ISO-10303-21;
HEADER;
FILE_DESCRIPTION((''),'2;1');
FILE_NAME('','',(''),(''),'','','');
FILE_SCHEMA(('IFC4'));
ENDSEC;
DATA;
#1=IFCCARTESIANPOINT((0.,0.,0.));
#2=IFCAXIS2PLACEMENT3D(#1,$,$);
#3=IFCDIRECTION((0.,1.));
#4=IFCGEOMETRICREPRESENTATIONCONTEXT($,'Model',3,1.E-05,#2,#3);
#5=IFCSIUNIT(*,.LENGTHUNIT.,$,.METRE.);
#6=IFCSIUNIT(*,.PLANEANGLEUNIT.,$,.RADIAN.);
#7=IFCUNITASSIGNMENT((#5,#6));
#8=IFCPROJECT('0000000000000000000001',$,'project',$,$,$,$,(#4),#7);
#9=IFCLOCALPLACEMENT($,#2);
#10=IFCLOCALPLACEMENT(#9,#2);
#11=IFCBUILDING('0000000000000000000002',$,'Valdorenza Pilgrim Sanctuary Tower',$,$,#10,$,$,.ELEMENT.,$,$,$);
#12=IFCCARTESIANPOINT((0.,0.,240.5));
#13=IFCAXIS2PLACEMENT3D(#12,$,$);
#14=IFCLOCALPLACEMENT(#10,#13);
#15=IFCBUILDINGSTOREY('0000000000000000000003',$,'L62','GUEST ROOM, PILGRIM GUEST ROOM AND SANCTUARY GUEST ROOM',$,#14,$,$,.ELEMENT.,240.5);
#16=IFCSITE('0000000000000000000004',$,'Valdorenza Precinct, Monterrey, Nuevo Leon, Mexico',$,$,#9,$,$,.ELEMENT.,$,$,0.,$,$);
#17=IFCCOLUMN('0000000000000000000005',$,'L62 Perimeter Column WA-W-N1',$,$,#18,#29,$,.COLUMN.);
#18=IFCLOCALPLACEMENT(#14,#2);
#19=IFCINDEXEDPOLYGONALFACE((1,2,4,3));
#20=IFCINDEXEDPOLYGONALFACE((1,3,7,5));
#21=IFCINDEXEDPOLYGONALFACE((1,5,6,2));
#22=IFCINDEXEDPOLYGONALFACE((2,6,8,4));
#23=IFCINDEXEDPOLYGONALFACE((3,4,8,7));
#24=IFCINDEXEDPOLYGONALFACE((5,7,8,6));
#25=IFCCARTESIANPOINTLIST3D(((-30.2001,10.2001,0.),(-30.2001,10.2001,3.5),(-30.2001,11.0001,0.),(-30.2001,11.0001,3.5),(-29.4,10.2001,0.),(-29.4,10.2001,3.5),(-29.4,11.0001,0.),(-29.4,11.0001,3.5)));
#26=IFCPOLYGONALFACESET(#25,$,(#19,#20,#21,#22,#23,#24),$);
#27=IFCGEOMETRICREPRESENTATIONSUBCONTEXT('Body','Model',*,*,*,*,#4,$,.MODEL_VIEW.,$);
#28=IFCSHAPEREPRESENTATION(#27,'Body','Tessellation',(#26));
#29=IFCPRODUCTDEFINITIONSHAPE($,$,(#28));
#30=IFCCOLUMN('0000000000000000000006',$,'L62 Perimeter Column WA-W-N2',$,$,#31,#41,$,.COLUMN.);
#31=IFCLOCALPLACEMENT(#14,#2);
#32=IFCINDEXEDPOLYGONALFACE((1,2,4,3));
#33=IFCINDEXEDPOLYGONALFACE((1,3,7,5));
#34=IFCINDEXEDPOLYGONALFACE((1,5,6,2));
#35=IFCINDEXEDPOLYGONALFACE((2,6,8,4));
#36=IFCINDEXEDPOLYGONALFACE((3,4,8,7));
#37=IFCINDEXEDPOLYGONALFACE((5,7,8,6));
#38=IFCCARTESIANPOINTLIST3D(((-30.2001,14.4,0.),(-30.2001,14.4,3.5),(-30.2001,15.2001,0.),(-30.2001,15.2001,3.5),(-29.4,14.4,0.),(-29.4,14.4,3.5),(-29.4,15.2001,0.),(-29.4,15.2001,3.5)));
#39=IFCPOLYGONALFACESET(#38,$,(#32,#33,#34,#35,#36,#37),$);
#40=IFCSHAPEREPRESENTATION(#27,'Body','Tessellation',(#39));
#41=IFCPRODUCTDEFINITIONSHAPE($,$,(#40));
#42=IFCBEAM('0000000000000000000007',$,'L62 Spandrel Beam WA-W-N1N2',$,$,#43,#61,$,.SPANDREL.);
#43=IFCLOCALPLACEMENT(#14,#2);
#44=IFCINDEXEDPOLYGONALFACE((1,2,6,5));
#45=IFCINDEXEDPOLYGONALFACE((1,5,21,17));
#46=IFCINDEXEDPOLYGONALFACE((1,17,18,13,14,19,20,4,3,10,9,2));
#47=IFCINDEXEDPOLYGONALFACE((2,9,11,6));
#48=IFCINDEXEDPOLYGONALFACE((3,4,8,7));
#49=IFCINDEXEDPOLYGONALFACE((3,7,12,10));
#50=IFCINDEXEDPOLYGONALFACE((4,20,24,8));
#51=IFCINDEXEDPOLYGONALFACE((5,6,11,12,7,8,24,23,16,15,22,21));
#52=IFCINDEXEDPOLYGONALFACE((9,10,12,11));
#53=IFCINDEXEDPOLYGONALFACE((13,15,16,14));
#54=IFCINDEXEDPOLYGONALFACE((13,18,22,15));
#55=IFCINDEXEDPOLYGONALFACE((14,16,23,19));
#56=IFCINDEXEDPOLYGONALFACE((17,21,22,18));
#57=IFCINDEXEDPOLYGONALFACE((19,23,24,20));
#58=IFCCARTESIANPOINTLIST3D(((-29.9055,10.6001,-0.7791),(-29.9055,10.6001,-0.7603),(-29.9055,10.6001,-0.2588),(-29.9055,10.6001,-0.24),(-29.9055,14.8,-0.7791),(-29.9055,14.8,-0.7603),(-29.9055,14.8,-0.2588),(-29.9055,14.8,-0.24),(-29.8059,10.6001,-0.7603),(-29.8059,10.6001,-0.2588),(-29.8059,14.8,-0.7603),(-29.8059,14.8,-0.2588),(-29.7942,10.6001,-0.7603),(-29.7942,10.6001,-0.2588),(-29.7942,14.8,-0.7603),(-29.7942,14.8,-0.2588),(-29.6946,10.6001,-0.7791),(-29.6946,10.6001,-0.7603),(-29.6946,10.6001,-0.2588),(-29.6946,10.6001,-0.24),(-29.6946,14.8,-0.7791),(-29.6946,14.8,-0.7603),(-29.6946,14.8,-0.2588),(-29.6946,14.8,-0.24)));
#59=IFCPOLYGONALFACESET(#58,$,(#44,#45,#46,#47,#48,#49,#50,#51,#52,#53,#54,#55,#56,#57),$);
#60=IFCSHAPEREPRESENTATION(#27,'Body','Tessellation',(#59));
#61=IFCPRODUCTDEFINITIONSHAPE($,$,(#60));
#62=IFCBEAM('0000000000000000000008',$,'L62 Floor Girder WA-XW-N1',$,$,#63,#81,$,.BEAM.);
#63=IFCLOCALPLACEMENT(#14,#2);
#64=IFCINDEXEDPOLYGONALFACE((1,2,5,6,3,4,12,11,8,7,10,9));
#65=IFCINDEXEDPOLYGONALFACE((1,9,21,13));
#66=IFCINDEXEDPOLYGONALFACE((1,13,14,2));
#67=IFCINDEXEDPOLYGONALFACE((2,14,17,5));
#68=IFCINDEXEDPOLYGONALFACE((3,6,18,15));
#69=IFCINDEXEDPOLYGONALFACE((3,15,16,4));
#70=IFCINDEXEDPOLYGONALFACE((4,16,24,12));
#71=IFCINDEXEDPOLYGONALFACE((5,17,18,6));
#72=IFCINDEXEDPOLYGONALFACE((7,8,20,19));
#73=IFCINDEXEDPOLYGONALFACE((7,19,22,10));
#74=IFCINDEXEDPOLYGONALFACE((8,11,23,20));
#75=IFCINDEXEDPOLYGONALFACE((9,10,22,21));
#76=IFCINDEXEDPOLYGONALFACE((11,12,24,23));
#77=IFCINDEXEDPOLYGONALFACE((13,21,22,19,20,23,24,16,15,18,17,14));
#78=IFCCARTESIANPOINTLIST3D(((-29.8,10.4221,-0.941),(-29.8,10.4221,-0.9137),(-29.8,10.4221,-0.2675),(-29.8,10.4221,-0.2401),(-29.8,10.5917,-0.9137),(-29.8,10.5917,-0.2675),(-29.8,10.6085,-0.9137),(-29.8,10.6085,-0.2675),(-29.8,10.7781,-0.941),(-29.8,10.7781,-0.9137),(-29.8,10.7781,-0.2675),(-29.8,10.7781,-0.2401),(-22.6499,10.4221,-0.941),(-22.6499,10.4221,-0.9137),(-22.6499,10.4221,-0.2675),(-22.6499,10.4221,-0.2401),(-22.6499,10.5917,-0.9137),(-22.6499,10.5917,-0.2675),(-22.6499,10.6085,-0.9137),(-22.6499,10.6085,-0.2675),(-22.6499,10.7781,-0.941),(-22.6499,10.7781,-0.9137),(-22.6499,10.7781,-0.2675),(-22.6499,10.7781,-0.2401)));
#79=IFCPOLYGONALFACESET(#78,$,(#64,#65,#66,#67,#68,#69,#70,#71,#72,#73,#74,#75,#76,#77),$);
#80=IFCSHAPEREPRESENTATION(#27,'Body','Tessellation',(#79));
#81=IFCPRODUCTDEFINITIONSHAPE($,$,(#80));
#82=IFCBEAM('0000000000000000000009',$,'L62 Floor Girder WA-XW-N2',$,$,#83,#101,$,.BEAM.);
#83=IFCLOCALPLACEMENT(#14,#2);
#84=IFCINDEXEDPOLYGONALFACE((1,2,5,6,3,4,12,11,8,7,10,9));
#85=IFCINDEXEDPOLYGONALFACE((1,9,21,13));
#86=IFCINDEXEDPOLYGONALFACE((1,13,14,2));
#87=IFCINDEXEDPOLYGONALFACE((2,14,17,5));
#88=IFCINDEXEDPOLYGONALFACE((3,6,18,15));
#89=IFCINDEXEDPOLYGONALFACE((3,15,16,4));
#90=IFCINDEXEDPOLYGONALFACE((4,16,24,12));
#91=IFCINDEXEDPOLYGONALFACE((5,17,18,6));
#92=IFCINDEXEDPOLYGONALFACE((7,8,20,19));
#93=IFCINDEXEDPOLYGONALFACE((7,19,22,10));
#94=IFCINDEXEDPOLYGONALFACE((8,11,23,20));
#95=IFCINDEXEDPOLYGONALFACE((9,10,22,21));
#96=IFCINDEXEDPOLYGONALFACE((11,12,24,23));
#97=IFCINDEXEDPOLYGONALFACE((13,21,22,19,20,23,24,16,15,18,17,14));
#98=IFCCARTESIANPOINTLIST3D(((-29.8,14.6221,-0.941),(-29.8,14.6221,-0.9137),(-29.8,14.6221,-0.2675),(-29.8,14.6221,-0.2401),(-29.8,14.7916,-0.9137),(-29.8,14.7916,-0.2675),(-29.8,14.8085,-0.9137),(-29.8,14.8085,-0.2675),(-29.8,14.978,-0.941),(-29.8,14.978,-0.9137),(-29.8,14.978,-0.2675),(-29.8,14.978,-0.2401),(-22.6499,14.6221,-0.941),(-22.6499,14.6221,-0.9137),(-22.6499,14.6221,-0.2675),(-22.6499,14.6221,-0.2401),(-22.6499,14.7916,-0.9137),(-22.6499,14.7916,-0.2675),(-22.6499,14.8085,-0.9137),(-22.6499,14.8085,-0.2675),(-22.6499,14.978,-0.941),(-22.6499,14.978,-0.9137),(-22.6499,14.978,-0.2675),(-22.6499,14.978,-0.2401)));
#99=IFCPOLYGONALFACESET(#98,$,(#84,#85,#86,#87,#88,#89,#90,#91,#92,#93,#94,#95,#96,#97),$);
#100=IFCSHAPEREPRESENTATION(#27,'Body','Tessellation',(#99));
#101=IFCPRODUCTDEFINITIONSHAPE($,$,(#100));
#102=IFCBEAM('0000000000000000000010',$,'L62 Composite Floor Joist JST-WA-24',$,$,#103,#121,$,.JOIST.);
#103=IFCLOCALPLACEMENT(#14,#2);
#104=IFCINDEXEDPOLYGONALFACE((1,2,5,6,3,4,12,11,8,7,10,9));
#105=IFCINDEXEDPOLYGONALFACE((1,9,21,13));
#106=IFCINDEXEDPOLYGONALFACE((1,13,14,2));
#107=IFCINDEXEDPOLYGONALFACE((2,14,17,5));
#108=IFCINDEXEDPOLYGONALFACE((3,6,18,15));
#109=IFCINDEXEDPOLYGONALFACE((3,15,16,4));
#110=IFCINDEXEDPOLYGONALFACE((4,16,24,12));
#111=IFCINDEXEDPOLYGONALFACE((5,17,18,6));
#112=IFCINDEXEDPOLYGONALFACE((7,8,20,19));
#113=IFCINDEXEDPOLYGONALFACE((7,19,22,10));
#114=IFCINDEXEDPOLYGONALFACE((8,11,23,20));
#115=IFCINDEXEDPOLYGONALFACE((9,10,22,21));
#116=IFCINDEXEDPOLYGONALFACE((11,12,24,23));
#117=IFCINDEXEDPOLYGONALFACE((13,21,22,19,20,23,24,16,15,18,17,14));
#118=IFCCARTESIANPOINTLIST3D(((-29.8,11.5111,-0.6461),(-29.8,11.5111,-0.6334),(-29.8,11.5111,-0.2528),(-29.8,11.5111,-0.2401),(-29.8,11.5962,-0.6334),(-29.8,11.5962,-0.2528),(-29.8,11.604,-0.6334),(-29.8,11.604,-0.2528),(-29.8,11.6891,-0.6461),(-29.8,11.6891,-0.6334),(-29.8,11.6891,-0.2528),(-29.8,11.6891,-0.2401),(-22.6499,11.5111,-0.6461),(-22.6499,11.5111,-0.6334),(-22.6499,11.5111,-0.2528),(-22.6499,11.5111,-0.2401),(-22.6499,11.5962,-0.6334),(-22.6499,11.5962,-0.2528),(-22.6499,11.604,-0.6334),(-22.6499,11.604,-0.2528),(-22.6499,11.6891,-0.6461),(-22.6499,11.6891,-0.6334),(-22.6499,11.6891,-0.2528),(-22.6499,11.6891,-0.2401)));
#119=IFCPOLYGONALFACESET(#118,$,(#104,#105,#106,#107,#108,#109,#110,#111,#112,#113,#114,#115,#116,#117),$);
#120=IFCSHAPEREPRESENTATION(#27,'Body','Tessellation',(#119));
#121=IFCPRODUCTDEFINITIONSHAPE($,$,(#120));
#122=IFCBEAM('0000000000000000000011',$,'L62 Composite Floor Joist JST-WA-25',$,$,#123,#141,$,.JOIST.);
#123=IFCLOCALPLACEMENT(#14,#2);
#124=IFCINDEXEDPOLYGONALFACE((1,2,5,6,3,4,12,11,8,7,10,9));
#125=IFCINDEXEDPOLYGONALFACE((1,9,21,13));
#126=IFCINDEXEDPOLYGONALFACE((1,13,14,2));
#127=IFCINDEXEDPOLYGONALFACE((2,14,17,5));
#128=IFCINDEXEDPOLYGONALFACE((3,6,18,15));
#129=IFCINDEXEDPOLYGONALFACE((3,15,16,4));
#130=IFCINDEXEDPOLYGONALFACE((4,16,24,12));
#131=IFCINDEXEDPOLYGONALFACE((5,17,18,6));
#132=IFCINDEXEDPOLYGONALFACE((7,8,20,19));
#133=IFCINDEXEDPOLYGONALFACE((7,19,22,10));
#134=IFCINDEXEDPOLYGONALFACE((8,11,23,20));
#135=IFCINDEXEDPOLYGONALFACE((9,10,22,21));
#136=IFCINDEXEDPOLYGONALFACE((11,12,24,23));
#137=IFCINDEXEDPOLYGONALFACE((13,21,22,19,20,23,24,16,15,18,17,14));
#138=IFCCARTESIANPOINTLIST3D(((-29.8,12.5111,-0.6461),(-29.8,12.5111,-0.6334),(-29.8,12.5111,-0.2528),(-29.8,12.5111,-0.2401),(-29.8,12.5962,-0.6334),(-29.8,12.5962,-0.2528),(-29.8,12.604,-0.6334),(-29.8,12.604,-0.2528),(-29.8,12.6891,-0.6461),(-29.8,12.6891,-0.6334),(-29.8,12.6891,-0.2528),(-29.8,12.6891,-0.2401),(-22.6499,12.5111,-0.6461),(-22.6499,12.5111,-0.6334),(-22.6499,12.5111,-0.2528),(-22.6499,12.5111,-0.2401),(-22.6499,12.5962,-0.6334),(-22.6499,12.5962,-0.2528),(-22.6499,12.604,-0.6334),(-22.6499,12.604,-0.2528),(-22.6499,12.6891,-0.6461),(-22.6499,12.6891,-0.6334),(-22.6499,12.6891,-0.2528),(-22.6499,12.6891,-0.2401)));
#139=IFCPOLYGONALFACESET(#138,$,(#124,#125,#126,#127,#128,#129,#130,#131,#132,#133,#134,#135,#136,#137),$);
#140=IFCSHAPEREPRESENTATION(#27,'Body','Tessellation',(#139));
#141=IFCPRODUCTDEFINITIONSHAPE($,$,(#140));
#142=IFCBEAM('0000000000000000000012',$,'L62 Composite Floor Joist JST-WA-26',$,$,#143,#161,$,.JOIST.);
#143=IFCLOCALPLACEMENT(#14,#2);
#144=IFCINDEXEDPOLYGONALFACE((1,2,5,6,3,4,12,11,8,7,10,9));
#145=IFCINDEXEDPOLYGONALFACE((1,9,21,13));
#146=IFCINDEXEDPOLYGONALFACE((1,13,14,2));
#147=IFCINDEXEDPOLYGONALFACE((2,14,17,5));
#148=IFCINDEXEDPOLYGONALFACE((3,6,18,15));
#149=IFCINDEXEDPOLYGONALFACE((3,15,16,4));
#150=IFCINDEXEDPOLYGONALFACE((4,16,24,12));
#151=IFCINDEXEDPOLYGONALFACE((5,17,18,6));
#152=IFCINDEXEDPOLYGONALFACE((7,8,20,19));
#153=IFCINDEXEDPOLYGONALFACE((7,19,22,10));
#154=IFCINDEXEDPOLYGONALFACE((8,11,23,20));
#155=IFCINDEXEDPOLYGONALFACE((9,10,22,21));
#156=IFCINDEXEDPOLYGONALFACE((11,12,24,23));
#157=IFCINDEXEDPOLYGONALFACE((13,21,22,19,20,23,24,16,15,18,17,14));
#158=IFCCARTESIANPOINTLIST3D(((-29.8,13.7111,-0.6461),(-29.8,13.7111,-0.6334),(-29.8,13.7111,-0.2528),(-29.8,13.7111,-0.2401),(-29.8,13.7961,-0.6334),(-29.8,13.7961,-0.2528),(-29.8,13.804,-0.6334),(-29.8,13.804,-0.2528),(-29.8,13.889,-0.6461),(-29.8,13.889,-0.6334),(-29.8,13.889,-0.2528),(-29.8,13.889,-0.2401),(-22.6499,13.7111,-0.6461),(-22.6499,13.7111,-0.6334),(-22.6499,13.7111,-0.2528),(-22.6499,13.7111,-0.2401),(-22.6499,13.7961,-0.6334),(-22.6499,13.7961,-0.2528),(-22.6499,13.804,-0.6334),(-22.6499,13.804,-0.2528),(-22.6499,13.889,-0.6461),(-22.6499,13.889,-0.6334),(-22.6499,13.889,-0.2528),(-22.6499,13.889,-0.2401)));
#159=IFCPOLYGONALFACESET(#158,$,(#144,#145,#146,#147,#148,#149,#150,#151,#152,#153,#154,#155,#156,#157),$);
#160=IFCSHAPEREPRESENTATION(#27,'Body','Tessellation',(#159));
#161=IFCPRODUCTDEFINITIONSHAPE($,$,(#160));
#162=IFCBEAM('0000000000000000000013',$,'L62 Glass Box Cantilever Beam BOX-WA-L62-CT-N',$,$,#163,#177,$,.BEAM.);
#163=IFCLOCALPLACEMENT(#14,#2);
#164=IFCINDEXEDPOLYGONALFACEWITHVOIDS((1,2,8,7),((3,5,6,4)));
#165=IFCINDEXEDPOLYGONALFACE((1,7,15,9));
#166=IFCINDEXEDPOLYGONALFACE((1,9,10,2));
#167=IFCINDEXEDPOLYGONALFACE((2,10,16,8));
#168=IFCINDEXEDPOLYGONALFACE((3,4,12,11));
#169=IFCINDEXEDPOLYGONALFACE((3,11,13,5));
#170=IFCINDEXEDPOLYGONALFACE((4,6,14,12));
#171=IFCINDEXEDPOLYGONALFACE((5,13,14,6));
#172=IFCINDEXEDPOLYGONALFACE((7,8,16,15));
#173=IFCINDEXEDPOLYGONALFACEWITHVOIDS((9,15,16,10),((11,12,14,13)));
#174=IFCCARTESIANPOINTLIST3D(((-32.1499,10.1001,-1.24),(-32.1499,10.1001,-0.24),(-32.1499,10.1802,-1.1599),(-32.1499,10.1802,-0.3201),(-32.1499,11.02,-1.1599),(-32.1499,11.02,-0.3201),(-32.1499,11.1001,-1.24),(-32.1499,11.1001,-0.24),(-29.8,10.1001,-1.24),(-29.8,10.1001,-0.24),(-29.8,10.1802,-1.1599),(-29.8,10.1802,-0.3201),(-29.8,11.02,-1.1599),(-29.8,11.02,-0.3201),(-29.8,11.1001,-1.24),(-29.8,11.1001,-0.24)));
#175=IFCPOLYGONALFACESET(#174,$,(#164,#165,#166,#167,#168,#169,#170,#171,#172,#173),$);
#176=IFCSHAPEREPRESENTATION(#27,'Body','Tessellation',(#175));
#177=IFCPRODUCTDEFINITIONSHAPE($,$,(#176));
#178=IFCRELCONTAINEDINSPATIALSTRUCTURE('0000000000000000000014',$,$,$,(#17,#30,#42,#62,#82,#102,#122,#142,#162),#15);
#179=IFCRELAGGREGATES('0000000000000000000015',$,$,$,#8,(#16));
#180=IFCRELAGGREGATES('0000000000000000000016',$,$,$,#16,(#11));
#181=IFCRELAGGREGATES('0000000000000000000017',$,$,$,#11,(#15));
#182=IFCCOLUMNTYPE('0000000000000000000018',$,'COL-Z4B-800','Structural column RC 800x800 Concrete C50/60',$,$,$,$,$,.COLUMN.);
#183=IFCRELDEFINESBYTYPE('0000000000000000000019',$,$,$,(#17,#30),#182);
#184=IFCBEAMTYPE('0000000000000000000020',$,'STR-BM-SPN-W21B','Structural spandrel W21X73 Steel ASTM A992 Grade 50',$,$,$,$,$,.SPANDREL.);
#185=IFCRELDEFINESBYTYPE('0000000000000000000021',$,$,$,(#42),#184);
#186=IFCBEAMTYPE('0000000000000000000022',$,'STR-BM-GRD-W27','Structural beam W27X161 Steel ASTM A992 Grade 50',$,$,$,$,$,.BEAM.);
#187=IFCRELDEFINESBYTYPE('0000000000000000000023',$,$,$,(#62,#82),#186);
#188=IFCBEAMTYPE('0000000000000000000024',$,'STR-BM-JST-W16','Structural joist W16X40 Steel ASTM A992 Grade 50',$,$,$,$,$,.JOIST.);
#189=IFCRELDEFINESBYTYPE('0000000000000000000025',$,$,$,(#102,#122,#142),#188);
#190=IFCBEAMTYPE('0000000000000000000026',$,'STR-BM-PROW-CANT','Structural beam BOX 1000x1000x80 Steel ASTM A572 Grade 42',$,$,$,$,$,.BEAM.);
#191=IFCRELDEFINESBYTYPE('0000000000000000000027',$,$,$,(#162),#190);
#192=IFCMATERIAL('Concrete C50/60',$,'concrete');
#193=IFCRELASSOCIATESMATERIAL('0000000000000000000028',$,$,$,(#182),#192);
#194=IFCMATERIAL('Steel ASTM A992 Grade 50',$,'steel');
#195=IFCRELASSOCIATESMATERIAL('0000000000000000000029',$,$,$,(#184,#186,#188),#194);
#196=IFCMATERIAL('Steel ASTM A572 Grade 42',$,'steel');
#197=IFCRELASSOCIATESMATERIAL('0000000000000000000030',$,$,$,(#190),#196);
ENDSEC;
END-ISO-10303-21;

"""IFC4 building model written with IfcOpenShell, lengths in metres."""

from ifc_helpers import new_model, si_unit, direction, frame, origin, origin_2d, place, context, subcontext, project, spatial, rectangle, hollow_rectangle, i_section, extrude, source, transform, mapped, material, material_profile, profile_set, type_object, element, save


model = new_model("IFC4")

# Units and contexts
model_context = context("Model", 3, precision=1e-05, world=origin(), true_north=direction((0.0, 1.0)))
body_context = subcontext(model_context, "Body", "Model", "MODEL_VIEW")
ifc_project = project(units=[si_unit("LENGTHUNIT", "METRE"), si_unit("PLANEANGLEUNIT", "RADIAN")], contexts=[model_context])

# Site, building, storey
site_placement = place(None, origin())
site = spatial("IfcSite", under=ifc_project, at=site_placement, Name="Valdorenza Precinct, Monterrey, Nuevo Leon, Mexico", CompositionType="ELEMENT", RefElevation=0.0)
building_placement = place(site_placement, origin())
building = spatial("IfcBuilding", under=site, at=building_placement, Name="Valdorenza Pilgrim Sanctuary Tower", CompositionType="ELEMENT")
storey_placement = place(building_placement, frame((0.0, 0.0, 240.5)))
storey = spatial("IfcBuildingStorey", under=building, at=storey_placement, Name="L62", Description="GUEST ROOM, PILGRIM GUEST ROOM AND SANCTUARY GUEST ROOM", CompositionType="ELEMENT", Elevation=240.5)

# Columns
ifc_material_1 = material(Name="Concrete C50/60", Category="concrete")
ifc_material_profile_1 = material_profile(ifc_material_1, rectangle(XDim=0.8, YDim=0.8, at=origin_2d()), Name="RC 800x800")
ifc_profile_set_1 = profile_set([ifc_material_profile_1], Name="Concrete C50/60")
column_type = type_object("IfcColumnType", Name="COL-Z4B-800", Description="Structural column RC 800x800 Concrete C50/60", PredefinedType="COLUMN", material=ifc_profile_set_1)
shared_shape_1 = source(origin(), body_context, "Body", "SweptSolid", [
    extrude(rectangle(XDim=0.8, YDim=0.8, at=origin_2d()), origin(), (0.0, 0.0, 1.0), 3.5),
])
for number, where, z_axis, x_axis, name in (
    (1, (-29.8, 10.6001, 0.0), (0.0, 0.0, 1.0), (1.0, 0.0, 0.0), "L62 Perimeter Column WA-W-N1"),
    (2, (-29.8, 14.8, 0.0), (0.0, 0.0, 1.0), (1.0, 0.0, 0.0), "L62 Perimeter Column WA-W-N2"),
):
    element("IfcColumn", number, at=place(storey_placement, frame(where, z_axis=z_axis, x_axis=x_axis)), inside=storey, type_object=column_type, Name=name, PredefinedType="COLUMN", context=body_context, shape_type="MappedRepresentation", body=[
        mapped(shared_shape_1, transform((0.0, 0.0, 0.0), x_axis=(1.0, 0.0, 0.0), y_axis=(0.0, 1.0, 0.0), z_axis=(0.0, 0.0, 1.0), scale=1.0)),
    ])

# Beams
ifc_material_2 = material(Name="Steel ASTM A992 Grade 50", Category="steel")
ifc_material_profile_2 = material_profile(ifc_material_2, i_section(OverallWidth=0.2109, OverallDepth=0.5391, WebThickness=0.0117, FlangeThickness=0.0188, at=origin_2d()), Name="W21X73")
ifc_profile_set_2 = profile_set([ifc_material_profile_2], Name="Steel ASTM A992 Grade 50")
beam_type_1 = type_object("IfcBeamType", Name="STR-BM-SPN-W21B", Description="Structural spandrel W21X73 Steel ASTM A992 Grade 50", PredefinedType="SPANDREL", material=ifc_profile_set_2)
shared_shape_2 = source(origin(), body_context, "Body", "SweptSolid", [
    extrude(i_section(OverallWidth=0.2109, OverallDepth=0.5391, WebThickness=0.0117, FlangeThickness=0.0188, at=origin_2d()), origin(), (0.0, 0.0, 1.0), 4.2),
])
beam_1_placement = place(storey_placement, frame((-29.8, 10.6001, -0.5095), z_axis=(0.0, 1.0, 0.0), x_axis=(-1.0, 0.0, 0.0)))
element("IfcBeam", 3, at=beam_1_placement, inside=storey, type_object=beam_type_1, Name="L62 Spandrel Beam WA-W-N1N2", PredefinedType="SPANDREL", context=body_context, shape_type="MappedRepresentation", body=[
    mapped(shared_shape_2, transform((0.0, 0.0, 0.0), x_axis=(1.0, 0.0, 0.0), y_axis=(0.0, 1.0, 0.0), z_axis=(0.0, 0.0, 1.0), scale=1.0)),
])
ifc_material_profile_3 = material_profile(ifc_material_2, i_section(OverallWidth=0.356, OverallDepth=0.7009, WebThickness=0.0168, FlangeThickness=0.0273, at=origin_2d()), Name="W27X161")
ifc_profile_set_3 = profile_set([ifc_material_profile_3], Name="Steel ASTM A992 Grade 50")
beam_type_2 = type_object("IfcBeamType", Name="STR-BM-GRD-W27", Description="Structural beam W27X161 Steel ASTM A992 Grade 50", PredefinedType="BEAM", material=ifc_profile_set_3)
shared_shape_3 = source(origin(), body_context, "Body", "SweptSolid", [
    extrude(i_section(OverallWidth=0.356, OverallDepth=0.7009, WebThickness=0.0168, FlangeThickness=0.0273, at=origin_2d()), origin(), (0.0, 0.0, 1.0), 7.1501),
])
for number, where, z_axis, x_axis, name in (
    (4, (-29.8, 10.6001, -0.5906), (1.0, 0.0, 0.0), (0.0, 1.0, 0.0), "L62 Floor Girder WA-XW-N1"),
    (5, (-29.8, 14.8, -0.5906), (1.0, 0.0, 0.0), (0.0, 1.0, 0.0), "L62 Floor Girder WA-XW-N2"),
):
    element("IfcBeam", number, at=place(storey_placement, frame(where, z_axis=z_axis, x_axis=x_axis)), inside=storey, type_object=beam_type_2, Name=name, PredefinedType="BEAM", context=body_context, shape_type="MappedRepresentation", body=[
        mapped(shared_shape_3, transform((0.0, 0.0, 0.0), x_axis=(1.0, 0.0, 0.0), y_axis=(0.0, 1.0, 0.0), z_axis=(0.0, 0.0, 1.0), scale=1.0)),
    ])
ifc_material_profile_4 = material_profile(ifc_material_2, i_section(OverallWidth=0.178, OverallDepth=0.406, WebThickness=0.0078, FlangeThickness=0.0127, at=origin_2d()), Name="W16X40")
ifc_profile_set_4 = profile_set([ifc_material_profile_4], Name="Steel ASTM A992 Grade 50")
beam_type_3 = type_object("IfcBeamType", Name="STR-BM-JST-W16", Description="Structural joist W16X40 Steel ASTM A992 Grade 50", PredefinedType="JOIST", material=ifc_profile_set_4)
shared_shape_4 = source(origin(), body_context, "Body", "SweptSolid", [
    extrude(i_section(OverallWidth=0.178, OverallDepth=0.406, WebThickness=0.0078, FlangeThickness=0.0127, at=origin_2d()), origin(), (0.0, 0.0, 1.0), 7.1501),
])
for number, where, z_axis, x_axis, name in (
    (6, (-29.8, 11.6001, -0.4431), (1.0, 0.0, 0.0), (0.0, 1.0, 0.0), "L62 Composite Floor Joist JST-WA-24"),
    (7, (-29.8, 12.6001, -0.4431), (1.0, 0.0, 0.0), (0.0, 1.0, 0.0), "L62 Composite Floor Joist JST-WA-25"),
    (8, (-29.8, 13.8, -0.4431), (1.0, 0.0, 0.0), (0.0, 1.0, 0.0), "L62 Composite Floor Joist JST-WA-26"),
):
    element("IfcBeam", number, at=place(storey_placement, frame(where, z_axis=z_axis, x_axis=x_axis)), inside=storey, type_object=beam_type_3, Name=name, PredefinedType="JOIST", context=body_context, shape_type="MappedRepresentation", body=[
        mapped(shared_shape_4, transform((0.0, 0.0, 0.0), x_axis=(1.0, 0.0, 0.0), y_axis=(0.0, 1.0, 0.0), z_axis=(0.0, 0.0, 1.0), scale=1.0)),
    ])
ifc_material_3 = material(Name="Steel ASTM A572 Grade 42", Category="steel")
ifc_material_profile_5 = material_profile(ifc_material_3, hollow_rectangle(XDim=1.0, YDim=1.0, WallThickness=0.0801, at=origin_2d()), Name="BOX 1000x1000x80")
ifc_profile_set_5 = profile_set([ifc_material_profile_5], Name="Steel ASTM A572 Grade 42")
beam_type_4 = type_object("IfcBeamType", Name="STR-BM-PROW-CANT", Description="Structural beam BOX 1000x1000x80 Steel ASTM A572 Grade 42", PredefinedType="BEAM", material=ifc_profile_set_5)
shared_shape_5 = source(origin(), body_context, "Body", "SweptSolid", [
    extrude(hollow_rectangle(XDim=1.0, YDim=1.0, WallThickness=0.0801, at=origin_2d()), origin(), (0.0, 0.0, 1.0), 2.3499),
])
beam_2_placement = place(storey_placement, frame((-29.8, 10.6001, -0.74), z_axis=(-1.0, 0.0, 0.0), x_axis=(0.0, -1.0, 0.0)))
element("IfcBeam", 9, at=beam_2_placement, inside=storey, type_object=beam_type_4, Name="L62 Glass Box Cantilever Beam BOX-WA-L62-CT-N", PredefinedType="BEAM", context=body_context, shape_type="MappedRepresentation", body=[
    mapped(shared_shape_5, transform((0.0, 0.0, 0.0), x_axis=(1.0, 0.0, 0.0), y_axis=(0.0, 1.0, 0.0), z_axis=(0.0, 0.0, 1.0), scale=1.0)),
])

save(model, "model.ifc")
